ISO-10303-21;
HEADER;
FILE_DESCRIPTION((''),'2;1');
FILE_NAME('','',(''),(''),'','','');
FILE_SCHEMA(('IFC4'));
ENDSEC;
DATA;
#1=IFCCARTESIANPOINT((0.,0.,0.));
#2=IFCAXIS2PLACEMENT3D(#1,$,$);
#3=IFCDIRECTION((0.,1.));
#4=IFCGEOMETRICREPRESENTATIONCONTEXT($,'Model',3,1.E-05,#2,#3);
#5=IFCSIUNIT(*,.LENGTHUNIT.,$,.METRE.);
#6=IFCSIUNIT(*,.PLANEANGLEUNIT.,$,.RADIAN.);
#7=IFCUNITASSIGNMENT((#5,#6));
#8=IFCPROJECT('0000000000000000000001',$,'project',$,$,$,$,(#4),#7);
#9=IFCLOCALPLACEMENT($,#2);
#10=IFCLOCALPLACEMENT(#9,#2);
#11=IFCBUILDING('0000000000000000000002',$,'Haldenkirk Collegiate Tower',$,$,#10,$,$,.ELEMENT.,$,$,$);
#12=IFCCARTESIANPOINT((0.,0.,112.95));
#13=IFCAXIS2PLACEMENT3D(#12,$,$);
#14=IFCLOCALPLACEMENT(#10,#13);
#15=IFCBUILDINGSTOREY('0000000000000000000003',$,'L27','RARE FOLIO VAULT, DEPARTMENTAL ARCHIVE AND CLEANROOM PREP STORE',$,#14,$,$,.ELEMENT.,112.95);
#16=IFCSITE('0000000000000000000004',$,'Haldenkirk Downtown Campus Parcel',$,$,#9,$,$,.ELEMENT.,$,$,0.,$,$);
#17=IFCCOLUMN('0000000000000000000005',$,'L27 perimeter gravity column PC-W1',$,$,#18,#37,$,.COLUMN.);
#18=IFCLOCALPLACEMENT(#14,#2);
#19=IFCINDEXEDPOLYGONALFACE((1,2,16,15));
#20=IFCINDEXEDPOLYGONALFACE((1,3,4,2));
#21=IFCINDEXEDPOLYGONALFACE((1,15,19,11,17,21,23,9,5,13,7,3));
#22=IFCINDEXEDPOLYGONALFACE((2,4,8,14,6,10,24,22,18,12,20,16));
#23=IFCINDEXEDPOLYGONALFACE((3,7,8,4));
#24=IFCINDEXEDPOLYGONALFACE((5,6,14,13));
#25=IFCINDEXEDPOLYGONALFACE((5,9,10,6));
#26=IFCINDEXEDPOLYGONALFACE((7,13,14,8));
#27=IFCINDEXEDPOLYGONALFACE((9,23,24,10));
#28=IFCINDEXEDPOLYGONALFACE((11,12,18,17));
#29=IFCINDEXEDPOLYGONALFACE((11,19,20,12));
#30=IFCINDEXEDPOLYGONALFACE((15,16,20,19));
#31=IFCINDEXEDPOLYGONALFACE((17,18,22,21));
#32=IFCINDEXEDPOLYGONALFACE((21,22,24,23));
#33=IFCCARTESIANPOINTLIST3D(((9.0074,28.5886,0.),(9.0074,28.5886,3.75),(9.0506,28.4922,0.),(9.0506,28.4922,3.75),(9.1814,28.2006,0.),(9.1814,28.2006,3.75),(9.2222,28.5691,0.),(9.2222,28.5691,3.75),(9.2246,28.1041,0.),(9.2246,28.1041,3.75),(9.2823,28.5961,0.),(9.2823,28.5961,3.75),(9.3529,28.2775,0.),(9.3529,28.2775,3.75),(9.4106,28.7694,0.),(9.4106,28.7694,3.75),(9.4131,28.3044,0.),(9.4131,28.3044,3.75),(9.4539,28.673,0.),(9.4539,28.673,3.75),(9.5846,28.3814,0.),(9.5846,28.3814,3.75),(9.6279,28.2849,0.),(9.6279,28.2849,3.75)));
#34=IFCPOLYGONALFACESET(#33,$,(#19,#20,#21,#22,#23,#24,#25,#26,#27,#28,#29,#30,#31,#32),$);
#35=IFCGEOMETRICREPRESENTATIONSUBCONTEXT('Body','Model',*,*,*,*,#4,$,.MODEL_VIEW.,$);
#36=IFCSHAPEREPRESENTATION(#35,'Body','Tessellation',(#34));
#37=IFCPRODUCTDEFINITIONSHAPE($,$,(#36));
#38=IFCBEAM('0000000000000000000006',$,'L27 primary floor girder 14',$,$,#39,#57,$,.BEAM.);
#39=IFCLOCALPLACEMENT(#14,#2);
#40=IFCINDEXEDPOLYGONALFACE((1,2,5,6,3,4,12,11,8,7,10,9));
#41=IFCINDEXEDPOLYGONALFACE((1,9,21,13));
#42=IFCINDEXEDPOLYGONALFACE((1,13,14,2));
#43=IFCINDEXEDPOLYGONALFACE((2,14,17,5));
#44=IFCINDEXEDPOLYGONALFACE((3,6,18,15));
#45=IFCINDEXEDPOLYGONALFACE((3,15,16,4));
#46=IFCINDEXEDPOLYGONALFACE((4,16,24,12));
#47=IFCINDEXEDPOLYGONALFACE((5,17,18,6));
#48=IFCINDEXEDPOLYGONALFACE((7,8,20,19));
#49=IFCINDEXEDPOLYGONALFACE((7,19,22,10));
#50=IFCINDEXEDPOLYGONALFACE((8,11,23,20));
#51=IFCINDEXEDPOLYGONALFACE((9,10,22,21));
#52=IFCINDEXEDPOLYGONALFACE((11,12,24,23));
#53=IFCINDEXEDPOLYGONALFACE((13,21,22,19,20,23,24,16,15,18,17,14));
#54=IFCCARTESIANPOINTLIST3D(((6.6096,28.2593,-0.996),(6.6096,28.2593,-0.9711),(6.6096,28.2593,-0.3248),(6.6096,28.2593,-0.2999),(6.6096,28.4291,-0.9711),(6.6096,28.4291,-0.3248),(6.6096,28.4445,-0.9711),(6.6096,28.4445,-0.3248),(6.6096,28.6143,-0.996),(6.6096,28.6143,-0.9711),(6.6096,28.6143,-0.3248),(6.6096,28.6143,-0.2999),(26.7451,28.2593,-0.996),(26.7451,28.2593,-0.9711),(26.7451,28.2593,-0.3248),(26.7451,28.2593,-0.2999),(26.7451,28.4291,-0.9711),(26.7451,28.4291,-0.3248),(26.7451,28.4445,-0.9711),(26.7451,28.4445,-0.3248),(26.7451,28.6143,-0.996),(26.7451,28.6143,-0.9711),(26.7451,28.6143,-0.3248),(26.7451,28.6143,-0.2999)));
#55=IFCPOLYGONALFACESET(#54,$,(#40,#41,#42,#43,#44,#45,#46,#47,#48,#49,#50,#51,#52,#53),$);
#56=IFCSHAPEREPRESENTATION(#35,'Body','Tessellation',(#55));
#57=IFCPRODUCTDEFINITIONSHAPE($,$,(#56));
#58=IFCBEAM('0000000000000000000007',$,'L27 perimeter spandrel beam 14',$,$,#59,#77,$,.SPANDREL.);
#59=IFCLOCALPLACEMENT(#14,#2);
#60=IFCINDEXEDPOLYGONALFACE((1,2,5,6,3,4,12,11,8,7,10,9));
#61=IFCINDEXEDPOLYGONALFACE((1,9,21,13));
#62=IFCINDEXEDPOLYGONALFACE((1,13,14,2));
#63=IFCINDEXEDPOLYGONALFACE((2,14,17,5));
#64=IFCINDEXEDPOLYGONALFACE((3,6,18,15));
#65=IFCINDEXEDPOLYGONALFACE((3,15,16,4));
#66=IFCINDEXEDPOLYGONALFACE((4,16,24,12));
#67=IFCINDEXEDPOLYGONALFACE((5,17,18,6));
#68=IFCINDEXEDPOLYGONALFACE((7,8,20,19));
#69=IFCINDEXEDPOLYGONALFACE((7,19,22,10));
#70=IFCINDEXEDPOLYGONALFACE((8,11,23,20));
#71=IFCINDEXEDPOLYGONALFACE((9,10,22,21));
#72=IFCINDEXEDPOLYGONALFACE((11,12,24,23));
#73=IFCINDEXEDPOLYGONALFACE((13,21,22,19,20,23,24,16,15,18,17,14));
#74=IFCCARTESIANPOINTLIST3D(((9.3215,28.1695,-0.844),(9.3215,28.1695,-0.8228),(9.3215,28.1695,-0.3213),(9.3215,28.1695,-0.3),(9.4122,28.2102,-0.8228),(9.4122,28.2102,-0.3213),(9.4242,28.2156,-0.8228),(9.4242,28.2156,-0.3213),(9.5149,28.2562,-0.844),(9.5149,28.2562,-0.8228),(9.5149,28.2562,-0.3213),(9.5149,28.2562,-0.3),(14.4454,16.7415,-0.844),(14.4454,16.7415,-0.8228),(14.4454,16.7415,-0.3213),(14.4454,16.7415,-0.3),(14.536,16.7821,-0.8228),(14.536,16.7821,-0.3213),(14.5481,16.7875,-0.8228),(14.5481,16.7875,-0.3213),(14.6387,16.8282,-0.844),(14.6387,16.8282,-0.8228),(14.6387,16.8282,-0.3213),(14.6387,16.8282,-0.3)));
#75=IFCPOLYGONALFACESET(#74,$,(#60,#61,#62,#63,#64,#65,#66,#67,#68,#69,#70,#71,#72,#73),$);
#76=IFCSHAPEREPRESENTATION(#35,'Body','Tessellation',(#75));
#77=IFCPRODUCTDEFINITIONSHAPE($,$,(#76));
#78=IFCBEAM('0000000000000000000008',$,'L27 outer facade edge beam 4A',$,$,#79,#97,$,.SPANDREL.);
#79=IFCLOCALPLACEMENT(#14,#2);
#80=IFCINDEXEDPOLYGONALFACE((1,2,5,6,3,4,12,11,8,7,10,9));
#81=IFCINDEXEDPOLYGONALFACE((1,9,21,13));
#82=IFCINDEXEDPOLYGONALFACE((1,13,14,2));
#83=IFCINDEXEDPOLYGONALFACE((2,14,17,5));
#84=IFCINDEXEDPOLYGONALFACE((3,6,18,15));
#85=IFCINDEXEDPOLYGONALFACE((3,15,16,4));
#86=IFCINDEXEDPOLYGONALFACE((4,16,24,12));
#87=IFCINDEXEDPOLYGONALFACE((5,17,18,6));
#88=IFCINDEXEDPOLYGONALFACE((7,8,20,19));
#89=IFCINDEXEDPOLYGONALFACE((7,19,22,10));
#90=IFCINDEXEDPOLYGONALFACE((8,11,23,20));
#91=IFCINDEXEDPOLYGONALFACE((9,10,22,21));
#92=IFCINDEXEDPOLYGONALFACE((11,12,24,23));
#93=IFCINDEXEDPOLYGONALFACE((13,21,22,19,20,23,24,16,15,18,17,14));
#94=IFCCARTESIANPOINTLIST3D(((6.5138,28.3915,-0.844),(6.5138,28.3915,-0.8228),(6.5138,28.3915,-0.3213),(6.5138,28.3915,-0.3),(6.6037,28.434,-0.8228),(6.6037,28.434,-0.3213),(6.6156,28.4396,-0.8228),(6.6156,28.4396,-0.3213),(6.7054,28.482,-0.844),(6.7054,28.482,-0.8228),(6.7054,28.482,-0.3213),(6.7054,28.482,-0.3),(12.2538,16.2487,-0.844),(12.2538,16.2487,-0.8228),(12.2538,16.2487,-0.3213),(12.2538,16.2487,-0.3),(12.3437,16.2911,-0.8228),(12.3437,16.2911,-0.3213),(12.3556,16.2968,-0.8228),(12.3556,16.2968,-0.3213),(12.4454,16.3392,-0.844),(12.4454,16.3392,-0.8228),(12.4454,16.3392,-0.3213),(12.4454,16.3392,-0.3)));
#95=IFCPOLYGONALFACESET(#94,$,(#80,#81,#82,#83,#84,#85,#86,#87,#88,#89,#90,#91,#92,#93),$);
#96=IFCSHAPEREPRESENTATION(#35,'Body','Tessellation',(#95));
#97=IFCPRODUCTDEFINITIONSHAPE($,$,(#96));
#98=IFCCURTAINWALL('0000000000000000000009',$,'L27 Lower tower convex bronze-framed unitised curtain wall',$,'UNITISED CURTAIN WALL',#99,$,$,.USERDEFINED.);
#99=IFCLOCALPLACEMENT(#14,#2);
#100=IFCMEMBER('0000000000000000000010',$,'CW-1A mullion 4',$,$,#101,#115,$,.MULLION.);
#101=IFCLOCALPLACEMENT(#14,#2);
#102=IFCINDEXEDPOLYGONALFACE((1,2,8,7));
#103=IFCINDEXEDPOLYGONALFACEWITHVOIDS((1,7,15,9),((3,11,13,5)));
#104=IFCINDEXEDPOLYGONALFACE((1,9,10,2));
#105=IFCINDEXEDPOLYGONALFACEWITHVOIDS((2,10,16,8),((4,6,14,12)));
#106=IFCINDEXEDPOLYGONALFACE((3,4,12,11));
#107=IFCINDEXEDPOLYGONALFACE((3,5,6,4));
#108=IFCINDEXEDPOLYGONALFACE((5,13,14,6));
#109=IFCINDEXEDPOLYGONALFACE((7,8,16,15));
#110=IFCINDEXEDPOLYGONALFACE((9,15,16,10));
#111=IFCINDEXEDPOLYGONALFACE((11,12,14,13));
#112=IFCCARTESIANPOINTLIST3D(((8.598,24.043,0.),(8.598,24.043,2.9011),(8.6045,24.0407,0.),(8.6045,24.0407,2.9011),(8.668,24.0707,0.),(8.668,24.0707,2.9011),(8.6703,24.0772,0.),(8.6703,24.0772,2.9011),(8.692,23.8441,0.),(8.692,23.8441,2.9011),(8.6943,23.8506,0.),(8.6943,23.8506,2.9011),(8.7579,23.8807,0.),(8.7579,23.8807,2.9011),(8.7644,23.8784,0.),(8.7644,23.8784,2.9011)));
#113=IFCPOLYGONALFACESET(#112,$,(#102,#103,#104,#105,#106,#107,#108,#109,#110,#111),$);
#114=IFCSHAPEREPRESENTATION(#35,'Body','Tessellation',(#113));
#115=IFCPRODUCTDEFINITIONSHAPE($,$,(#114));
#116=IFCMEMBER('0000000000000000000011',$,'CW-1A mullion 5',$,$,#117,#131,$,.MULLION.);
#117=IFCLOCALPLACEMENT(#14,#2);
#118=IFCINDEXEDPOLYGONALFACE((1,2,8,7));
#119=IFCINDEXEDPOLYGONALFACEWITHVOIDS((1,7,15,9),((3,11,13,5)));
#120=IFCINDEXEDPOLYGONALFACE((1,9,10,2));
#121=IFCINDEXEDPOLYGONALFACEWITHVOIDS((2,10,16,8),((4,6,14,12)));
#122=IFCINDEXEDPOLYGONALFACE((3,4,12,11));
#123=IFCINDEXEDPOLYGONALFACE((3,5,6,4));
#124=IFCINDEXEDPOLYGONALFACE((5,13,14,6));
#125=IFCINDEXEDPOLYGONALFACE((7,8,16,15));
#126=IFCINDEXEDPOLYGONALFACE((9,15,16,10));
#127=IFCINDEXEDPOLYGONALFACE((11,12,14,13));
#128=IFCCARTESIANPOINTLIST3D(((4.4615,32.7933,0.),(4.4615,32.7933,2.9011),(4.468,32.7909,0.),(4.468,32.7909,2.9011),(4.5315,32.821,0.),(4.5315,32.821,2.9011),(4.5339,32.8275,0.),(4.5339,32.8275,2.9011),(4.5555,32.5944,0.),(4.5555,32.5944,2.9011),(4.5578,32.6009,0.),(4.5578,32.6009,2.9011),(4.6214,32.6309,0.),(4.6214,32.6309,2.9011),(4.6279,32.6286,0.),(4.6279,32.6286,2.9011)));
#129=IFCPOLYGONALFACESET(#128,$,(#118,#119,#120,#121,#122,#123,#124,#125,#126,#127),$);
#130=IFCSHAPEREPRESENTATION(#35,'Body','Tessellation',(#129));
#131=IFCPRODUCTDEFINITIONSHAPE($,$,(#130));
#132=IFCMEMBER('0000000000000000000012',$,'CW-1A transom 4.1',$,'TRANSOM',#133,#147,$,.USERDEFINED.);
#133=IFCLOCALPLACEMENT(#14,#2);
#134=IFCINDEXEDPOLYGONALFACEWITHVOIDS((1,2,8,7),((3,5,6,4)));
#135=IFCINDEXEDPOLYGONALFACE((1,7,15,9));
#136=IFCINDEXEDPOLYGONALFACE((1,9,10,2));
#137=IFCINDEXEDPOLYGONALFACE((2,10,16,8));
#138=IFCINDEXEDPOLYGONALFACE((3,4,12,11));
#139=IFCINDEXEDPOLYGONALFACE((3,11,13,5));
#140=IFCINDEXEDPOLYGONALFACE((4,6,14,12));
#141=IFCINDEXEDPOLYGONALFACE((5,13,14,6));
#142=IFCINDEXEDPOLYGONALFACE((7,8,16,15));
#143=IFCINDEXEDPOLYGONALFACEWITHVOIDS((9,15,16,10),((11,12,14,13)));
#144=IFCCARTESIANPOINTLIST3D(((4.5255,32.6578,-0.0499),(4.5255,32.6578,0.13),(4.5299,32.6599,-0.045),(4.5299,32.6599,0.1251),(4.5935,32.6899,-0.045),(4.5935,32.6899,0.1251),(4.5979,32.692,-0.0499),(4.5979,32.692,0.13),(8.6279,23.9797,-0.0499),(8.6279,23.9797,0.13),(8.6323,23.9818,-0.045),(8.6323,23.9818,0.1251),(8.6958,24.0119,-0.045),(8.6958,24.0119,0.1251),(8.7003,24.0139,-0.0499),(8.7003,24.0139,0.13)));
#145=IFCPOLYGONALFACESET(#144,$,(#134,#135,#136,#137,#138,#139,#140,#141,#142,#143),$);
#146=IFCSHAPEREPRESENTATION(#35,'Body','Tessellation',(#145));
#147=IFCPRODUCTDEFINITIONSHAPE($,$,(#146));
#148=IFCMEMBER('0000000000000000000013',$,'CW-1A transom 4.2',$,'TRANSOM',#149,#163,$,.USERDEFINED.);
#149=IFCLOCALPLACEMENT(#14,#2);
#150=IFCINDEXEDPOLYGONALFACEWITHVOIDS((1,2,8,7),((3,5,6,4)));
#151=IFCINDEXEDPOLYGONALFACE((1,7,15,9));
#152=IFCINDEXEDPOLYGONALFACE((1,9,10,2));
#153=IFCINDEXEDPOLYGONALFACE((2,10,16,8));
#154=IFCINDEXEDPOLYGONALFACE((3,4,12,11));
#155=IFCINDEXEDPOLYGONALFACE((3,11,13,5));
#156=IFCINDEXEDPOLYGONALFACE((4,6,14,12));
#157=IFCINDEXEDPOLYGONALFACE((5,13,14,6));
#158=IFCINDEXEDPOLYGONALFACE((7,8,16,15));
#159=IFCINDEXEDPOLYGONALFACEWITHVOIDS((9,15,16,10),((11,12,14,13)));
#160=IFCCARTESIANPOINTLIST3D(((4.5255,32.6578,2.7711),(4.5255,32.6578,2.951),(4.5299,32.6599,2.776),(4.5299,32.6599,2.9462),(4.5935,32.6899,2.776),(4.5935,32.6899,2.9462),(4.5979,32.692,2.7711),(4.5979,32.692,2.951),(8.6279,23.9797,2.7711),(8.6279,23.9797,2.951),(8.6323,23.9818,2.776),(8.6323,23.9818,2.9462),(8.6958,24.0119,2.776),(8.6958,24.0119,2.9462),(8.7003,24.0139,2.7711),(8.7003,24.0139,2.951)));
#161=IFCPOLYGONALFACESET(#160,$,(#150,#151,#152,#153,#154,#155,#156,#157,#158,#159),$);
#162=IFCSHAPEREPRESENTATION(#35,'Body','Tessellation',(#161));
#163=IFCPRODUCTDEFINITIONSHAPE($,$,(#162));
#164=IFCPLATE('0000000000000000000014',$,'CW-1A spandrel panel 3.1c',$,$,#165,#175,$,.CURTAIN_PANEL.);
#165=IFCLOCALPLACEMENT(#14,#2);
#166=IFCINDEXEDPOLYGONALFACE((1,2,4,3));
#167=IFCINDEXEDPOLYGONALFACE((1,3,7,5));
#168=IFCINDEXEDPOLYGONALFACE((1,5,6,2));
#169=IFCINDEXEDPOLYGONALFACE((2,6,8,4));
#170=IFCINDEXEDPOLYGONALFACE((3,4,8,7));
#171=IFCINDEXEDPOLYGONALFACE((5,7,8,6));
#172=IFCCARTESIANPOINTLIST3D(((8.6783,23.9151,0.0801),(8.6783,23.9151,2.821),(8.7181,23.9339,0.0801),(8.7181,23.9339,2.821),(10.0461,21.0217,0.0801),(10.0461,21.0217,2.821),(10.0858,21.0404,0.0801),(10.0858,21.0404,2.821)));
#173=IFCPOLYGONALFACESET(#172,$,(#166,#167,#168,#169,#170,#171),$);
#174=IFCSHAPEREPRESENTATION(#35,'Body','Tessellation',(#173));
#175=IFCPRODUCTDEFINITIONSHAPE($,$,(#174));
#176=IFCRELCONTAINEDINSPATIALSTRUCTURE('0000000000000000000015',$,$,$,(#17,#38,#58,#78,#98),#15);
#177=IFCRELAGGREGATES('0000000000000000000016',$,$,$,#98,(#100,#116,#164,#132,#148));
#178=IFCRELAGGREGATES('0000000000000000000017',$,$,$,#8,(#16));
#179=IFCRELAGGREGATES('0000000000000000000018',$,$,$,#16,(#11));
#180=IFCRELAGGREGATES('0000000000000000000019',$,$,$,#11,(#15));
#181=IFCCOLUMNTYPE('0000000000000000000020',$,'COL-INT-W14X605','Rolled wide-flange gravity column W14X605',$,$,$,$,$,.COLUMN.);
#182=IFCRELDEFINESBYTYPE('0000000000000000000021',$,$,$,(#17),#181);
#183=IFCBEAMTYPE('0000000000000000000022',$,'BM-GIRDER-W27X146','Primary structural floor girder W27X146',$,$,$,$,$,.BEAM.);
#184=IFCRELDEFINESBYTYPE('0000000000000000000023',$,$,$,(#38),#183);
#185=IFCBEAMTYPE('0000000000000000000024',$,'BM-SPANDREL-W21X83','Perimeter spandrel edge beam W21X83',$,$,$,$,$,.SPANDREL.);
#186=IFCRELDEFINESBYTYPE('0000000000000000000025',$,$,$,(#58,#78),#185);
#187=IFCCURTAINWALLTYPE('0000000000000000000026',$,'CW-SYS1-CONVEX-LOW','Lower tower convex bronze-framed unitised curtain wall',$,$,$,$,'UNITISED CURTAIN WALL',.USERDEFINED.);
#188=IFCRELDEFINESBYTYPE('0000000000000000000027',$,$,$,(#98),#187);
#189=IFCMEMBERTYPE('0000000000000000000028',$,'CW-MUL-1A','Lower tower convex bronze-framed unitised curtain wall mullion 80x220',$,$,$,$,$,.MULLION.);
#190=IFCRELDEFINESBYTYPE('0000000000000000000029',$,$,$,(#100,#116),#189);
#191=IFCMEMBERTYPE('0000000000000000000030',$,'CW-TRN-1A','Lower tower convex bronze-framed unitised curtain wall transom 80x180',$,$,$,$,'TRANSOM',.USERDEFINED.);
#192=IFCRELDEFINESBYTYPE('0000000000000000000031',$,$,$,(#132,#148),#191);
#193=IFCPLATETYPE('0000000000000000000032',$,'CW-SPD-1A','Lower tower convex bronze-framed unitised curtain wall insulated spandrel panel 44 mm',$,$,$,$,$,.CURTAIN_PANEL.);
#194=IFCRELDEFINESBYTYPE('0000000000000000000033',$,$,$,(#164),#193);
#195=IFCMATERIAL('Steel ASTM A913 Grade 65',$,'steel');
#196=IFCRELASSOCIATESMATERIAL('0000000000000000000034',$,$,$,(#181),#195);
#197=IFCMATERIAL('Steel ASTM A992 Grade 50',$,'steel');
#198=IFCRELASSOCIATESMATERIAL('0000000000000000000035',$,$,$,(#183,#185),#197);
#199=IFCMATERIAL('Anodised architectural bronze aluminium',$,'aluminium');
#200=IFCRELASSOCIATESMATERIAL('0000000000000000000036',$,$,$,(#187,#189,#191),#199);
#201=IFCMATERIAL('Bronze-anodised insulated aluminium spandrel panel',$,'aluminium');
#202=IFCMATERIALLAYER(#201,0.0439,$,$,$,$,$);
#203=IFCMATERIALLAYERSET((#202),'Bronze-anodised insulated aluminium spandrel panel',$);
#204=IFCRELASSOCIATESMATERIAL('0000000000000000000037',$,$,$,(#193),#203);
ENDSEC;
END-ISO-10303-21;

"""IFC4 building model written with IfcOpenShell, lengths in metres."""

from ifc_helpers import new_model, si_unit, direction, frame, origin, origin_2d, place, context, subcontext, project, spatial, rectangle, hollow_rectangle, i_section, extrude, source, transform, mapped, material, layer, layer_set, material_profile, profile_set, type_object, element, aggregate, save


model = new_model("IFC4")

# Units and contexts
model_context = context("Model", 3, precision=1e-05, world=origin(), true_north=direction((0.0, 1.0)))
body_context = subcontext(model_context, "Body", "Model", "MODEL_VIEW")
ifc_project = project(units=[si_unit("LENGTHUNIT", "METRE"), si_unit("PLANEANGLEUNIT", "RADIAN")], contexts=[model_context])

# Site, building, storey
site_placement = place(None, origin())
site = spatial("IfcSite", under=ifc_project, at=site_placement, Name="Haldenkirk Downtown Campus Parcel", CompositionType="ELEMENT", RefElevation=0.0)
building_placement = place(site_placement, origin())
building = spatial("IfcBuilding", under=site, at=building_placement, Name="Haldenkirk Collegiate Tower", CompositionType="ELEMENT")
storey_placement = place(building_placement, frame((0.0, 0.0, 112.95)))
storey = spatial("IfcBuildingStorey", under=building, at=storey_placement, Name="L27", Description="RARE FOLIO VAULT, DEPARTMENTAL ARCHIVE AND CLEANROOM PREP STORE", CompositionType="ELEMENT", Elevation=112.95)

# Column
ifc_material_1 = material(Name="Steel ASTM A913 Grade 65", Category="steel")
ifc_material_profile_1 = material_profile(ifc_material_1, i_section(OverallWidth=0.4419, OverallDepth=0.531, WebThickness=0.0659, FlangeThickness=0.1057, at=origin_2d()), Name="W14X605")
ifc_profile_set_1 = profile_set([ifc_material_profile_1], Name="Steel ASTM A913 Grade 65")
column_type = type_object("IfcColumnType", Name="COL-INT-W14X605", Description="Rolled wide-flange gravity column W14X605", PredefinedType="COLUMN", material=ifc_profile_set_1)
column_placement = place(storey_placement, frame((9.3176, 28.4368, 0.0), z_axis=(0.0, 0.0, 1.0), x_axis=(0.912477, 0.409127, 0.0)))
element("IfcColumn", 1, at=column_placement, inside=storey, type_object=column_type, Name="L27 perimeter gravity column PC-W1", PredefinedType="COLUMN", context=body_context, shape_type="SweptSolid", body=[
    extrude(i_section(OverallWidth=0.4419, OverallDepth=0.531, WebThickness=0.0659, FlangeThickness=0.1057, at=origin_2d()), origin(), (0.0, 0.0, 1.0), 3.75),
])

# Beams
ifc_material_2 = material(Name="Steel ASTM A992 Grade 50", Category="steel")
ifc_material_profile_2 = material_profile(ifc_material_2, i_section(OverallWidth=0.355, OverallDepth=0.696, WebThickness=0.0154, FlangeThickness=0.0249, at=origin_2d()), Name="W27X146")
ifc_profile_set_2 = profile_set([ifc_material_profile_2], Name="Steel ASTM A992 Grade 50")
beam_type_1 = type_object("IfcBeamType", Name="BM-GIRDER-W27X146", Description="Primary structural floor girder W27X146", PredefinedType="BEAM", material=ifc_profile_set_2)
beam_1_placement = place(storey_placement, frame((6.6096, 28.4368, -0.6479), z_axis=(1.0, 0.0, 0.0), x_axis=(0.0, 1.0, 0.0)))
element("IfcBeam", 2, at=beam_1_placement, inside=storey, type_object=beam_type_1, Name="L27 primary floor girder 14", PredefinedType="BEAM", context=body_context, shape_type="SweptSolid", body=[
    extrude(i_section(OverallWidth=0.355, OverallDepth=0.696, WebThickness=0.0154, FlangeThickness=0.0249, at=origin_2d()), origin(), (0.0, 0.0, 1.0), 20.1355),
])
ifc_material_profile_3 = material_profile(ifc_material_2, i_section(OverallWidth=0.2119, OverallDepth=0.5439, WebThickness=0.0132, FlangeThickness=0.0212, at=origin_2d()), Name="W21X83")
ifc_profile_set_3 = profile_set([ifc_material_profile_3], Name="Steel ASTM A992 Grade 50")
beam_type_2 = type_object("IfcBeamType", Name="BM-SPANDREL-W21X83", Description="Perimeter spandrel edge beam W21X83", PredefinedType="SPANDREL", material=ifc_profile_set_3)
beam_2_placement = place(storey_placement, frame((9.4182, 28.2129, -0.572), z_axis=(0.409115, -0.912483, 0.0), x_axis=(0.912483, 0.409115, 0.0)))
element("IfcBeam", 3, at=beam_2_placement, inside=storey, type_object=beam_type_2, Name="L27 perimeter spandrel beam 14", PredefinedType="SPANDREL", context=body_context, shape_type="SweptSolid", body=[
    extrude(i_section(OverallWidth=0.2119, OverallDepth=0.5439, WebThickness=0.0132, FlangeThickness=0.0212, at=origin_2d()), origin(), (0.0, 0.0, 1.0), 12.5242),
])
beam_3_placement = place(storey_placement, frame((6.6096, 28.4368, -0.572), z_axis=(0.427364, -0.90408, 0.0), x_axis=(0.90408, 0.427364, 0.0)))
element("IfcBeam", 4, at=beam_3_placement, inside=storey, type_object=beam_type_2, Name="L27 outer facade edge beam 4A", PredefinedType="SPANDREL", context=body_context, shape_type="SweptSolid", body=[
    extrude(i_section(OverallWidth=0.2119, OverallDepth=0.5439, WebThickness=0.0132, FlangeThickness=0.0212, at=origin_2d()), origin(), (0.0, 0.0, 1.0), 13.4312),
])

# Curtain wall, members, plate
ifc_material_3 = material(Name="Anodised architectural bronze aluminium", Category="aluminium")
curtain_wall_type = type_object("IfcCurtainWallType", Name="CW-SYS1-CONVEX-LOW", Description="Lower tower convex bronze-framed unitised curtain wall", ElementType="UNITISED CURTAIN WALL", PredefinedType="USERDEFINED", material=ifc_material_3)
curtain_wall_placement = place(storey_placement, origin())
curtain_wall = element("IfcCurtainWall", 5, at=curtain_wall_placement, inside=storey, type_object=curtain_wall_type, Name="L27 Lower tower convex bronze-framed unitised curtain wall", ObjectType="UNITISED CURTAIN WALL", PredefinedType="USERDEFINED")
ifc_material_profile_4 = material_profile(ifc_material_3, hollow_rectangle(XDim=0.0801, YDim=0.22, WallThickness=0.0049, at=origin_2d()), Name="CW-MUL-1A")
ifc_profile_set_4 = profile_set([ifc_material_profile_4], Name="Anodised architectural bronze aluminium")
member_type_1 = type_object("IfcMemberType", Name="CW-MUL-1A", Description="Lower tower convex bronze-framed unitised curtain wall mullion 80x220", PredefinedType="MULLION", material=ifc_profile_set_4)
member_1_placement = place(storey_placement, frame((8.6812, 23.9607, 0.0), z_axis=(0.0, 0.0, 1.0), x_axis=(-0.904081, -0.42736, 0.0)))
member_1 = element("IfcMember", 6, at=member_1_placement, type_object=member_type_1, Name="CW-1A mullion 4", PredefinedType="MULLION", context=body_context, shape_type="SweptSolid", body=[
    extrude(hollow_rectangle(XDim=0.0801, YDim=0.22, WallThickness=0.0049, at=origin_2d()), origin(), (0.0, 0.0, 1.0), 2.9011),
])
member_2_placement = place(storey_placement, frame((4.5447, 32.7109, 0.0), z_axis=(0.0, 0.0, 1.0), x_axis=(-0.904081, -0.42736, 0.0)))
member_2 = element("IfcMember", 7, at=member_2_placement, type_object=member_type_1, Name="CW-1A mullion 5", PredefinedType="MULLION", context=body_context, shape_type="SweptSolid", body=[
    extrude(hollow_rectangle(XDim=0.0801, YDim=0.22, WallThickness=0.0049, at=origin_2d()), origin(), (0.0, 0.0, 1.0), 2.9011),
])
ifc_material_profile_5 = material_profile(ifc_material_3, hollow_rectangle(XDim=0.0801, YDim=0.1799, WallThickness=0.0049, at=origin_2d()), Name="CW-TRN-1A")
ifc_profile_set_5 = profile_set([ifc_material_profile_5], Name="Anodised architectural bronze aluminium")
member_type_2 = type_object("IfcMemberType", Name="CW-TRN-1A", Description="Lower tower convex bronze-framed unitised curtain wall transom 80x180", ElementType="TRANSOM", PredefinedType="USERDEFINED", material=ifc_profile_set_5)
member_3_placement = place(storey_placement, frame((8.6641, 23.9968, 0.04), z_axis=(-0.427378, 0.904073, 0.0), x_axis=(-0.904073, -0.427378, 0.0)))
member_3 = element("IfcMember", 8, at=member_3_placement, type_object=member_type_2, Name="CW-1A transom 4.1", ObjectType="TRANSOM", PredefinedType="USERDEFINED", context=body_context, shape_type="SweptSolid", body=[
    extrude(hollow_rectangle(XDim=0.0801, YDim=0.1799, WallThickness=0.0049, at=origin_2d()), origin(), (0.0, 0.0, 1.0), 9.5989),
])
member_4_placement = place(storey_placement, frame((8.6641, 23.9968, 2.8611), z_axis=(-0.427378, 0.904073, 0.0), x_axis=(-0.904073, -0.427378, 0.0)))
member_4 = element("IfcMember", 9, at=member_4_placement, type_object=member_type_2, Name="CW-1A transom 4.2", ObjectType="TRANSOM", PredefinedType="USERDEFINED", context=body_context, shape_type="SweptSolid", body=[
    extrude(hollow_rectangle(XDim=0.0801, YDim=0.1799, WallThickness=0.0049, at=origin_2d()), origin(), (0.0, 0.0, 1.0), 9.5989),
])
ifc_material_4 = material(Name="Bronze-anodised insulated aluminium spandrel panel", Category="aluminium")
ifc_layer_1 = layer(ifc_material_4, 0.0439)
ifc_layer_set_1 = layer_set([ifc_layer_1], Name="Bronze-anodised insulated aluminium spandrel panel")
plate_type_1 = type_object("IfcPlateType", Name="CW-SPD-1A", Description="Lower tower convex bronze-framed unitised curtain wall insulated spandrel panel 44 mm", PredefinedType="CURTAIN_PANEL", material=ifc_layer_set_1)
shared_shape_1 = source(origin(), body_context, "Body", "SweptSolid", [
    extrude(rectangle(XDim=3.2004, YDim=0.0439, at=origin_2d()), origin(), (0.0, 0.0, 1.0), 2.741),
])
plate_1_placement = place(storey_placement, frame((9.3821, 22.4778, 0.0801), z_axis=(0.0, 0.0, 1.0), x_axis=(-0.42736, 0.904081, 0.0)))
plate_1 = element("IfcPlate", 10, at=plate_1_placement, type_object=plate_type_1, Name="CW-1A spandrel panel 3.1c", PredefinedType="CURTAIN_PANEL", context=body_context, shape_type="MappedRepresentation", body=[
    mapped(shared_shape_1, transform((0.0, 0.0, 0.0), x_axis=(1.0, 0.0, 0.0), y_axis=(0.0, 1.0, 0.0), z_axis=(0.0, 0.0, 1.0), scale=1.0)),
])
aggregate(curtain_wall, [member_1, member_2, plate_1, member_3, member_4])

save(model, "model.ifc")
